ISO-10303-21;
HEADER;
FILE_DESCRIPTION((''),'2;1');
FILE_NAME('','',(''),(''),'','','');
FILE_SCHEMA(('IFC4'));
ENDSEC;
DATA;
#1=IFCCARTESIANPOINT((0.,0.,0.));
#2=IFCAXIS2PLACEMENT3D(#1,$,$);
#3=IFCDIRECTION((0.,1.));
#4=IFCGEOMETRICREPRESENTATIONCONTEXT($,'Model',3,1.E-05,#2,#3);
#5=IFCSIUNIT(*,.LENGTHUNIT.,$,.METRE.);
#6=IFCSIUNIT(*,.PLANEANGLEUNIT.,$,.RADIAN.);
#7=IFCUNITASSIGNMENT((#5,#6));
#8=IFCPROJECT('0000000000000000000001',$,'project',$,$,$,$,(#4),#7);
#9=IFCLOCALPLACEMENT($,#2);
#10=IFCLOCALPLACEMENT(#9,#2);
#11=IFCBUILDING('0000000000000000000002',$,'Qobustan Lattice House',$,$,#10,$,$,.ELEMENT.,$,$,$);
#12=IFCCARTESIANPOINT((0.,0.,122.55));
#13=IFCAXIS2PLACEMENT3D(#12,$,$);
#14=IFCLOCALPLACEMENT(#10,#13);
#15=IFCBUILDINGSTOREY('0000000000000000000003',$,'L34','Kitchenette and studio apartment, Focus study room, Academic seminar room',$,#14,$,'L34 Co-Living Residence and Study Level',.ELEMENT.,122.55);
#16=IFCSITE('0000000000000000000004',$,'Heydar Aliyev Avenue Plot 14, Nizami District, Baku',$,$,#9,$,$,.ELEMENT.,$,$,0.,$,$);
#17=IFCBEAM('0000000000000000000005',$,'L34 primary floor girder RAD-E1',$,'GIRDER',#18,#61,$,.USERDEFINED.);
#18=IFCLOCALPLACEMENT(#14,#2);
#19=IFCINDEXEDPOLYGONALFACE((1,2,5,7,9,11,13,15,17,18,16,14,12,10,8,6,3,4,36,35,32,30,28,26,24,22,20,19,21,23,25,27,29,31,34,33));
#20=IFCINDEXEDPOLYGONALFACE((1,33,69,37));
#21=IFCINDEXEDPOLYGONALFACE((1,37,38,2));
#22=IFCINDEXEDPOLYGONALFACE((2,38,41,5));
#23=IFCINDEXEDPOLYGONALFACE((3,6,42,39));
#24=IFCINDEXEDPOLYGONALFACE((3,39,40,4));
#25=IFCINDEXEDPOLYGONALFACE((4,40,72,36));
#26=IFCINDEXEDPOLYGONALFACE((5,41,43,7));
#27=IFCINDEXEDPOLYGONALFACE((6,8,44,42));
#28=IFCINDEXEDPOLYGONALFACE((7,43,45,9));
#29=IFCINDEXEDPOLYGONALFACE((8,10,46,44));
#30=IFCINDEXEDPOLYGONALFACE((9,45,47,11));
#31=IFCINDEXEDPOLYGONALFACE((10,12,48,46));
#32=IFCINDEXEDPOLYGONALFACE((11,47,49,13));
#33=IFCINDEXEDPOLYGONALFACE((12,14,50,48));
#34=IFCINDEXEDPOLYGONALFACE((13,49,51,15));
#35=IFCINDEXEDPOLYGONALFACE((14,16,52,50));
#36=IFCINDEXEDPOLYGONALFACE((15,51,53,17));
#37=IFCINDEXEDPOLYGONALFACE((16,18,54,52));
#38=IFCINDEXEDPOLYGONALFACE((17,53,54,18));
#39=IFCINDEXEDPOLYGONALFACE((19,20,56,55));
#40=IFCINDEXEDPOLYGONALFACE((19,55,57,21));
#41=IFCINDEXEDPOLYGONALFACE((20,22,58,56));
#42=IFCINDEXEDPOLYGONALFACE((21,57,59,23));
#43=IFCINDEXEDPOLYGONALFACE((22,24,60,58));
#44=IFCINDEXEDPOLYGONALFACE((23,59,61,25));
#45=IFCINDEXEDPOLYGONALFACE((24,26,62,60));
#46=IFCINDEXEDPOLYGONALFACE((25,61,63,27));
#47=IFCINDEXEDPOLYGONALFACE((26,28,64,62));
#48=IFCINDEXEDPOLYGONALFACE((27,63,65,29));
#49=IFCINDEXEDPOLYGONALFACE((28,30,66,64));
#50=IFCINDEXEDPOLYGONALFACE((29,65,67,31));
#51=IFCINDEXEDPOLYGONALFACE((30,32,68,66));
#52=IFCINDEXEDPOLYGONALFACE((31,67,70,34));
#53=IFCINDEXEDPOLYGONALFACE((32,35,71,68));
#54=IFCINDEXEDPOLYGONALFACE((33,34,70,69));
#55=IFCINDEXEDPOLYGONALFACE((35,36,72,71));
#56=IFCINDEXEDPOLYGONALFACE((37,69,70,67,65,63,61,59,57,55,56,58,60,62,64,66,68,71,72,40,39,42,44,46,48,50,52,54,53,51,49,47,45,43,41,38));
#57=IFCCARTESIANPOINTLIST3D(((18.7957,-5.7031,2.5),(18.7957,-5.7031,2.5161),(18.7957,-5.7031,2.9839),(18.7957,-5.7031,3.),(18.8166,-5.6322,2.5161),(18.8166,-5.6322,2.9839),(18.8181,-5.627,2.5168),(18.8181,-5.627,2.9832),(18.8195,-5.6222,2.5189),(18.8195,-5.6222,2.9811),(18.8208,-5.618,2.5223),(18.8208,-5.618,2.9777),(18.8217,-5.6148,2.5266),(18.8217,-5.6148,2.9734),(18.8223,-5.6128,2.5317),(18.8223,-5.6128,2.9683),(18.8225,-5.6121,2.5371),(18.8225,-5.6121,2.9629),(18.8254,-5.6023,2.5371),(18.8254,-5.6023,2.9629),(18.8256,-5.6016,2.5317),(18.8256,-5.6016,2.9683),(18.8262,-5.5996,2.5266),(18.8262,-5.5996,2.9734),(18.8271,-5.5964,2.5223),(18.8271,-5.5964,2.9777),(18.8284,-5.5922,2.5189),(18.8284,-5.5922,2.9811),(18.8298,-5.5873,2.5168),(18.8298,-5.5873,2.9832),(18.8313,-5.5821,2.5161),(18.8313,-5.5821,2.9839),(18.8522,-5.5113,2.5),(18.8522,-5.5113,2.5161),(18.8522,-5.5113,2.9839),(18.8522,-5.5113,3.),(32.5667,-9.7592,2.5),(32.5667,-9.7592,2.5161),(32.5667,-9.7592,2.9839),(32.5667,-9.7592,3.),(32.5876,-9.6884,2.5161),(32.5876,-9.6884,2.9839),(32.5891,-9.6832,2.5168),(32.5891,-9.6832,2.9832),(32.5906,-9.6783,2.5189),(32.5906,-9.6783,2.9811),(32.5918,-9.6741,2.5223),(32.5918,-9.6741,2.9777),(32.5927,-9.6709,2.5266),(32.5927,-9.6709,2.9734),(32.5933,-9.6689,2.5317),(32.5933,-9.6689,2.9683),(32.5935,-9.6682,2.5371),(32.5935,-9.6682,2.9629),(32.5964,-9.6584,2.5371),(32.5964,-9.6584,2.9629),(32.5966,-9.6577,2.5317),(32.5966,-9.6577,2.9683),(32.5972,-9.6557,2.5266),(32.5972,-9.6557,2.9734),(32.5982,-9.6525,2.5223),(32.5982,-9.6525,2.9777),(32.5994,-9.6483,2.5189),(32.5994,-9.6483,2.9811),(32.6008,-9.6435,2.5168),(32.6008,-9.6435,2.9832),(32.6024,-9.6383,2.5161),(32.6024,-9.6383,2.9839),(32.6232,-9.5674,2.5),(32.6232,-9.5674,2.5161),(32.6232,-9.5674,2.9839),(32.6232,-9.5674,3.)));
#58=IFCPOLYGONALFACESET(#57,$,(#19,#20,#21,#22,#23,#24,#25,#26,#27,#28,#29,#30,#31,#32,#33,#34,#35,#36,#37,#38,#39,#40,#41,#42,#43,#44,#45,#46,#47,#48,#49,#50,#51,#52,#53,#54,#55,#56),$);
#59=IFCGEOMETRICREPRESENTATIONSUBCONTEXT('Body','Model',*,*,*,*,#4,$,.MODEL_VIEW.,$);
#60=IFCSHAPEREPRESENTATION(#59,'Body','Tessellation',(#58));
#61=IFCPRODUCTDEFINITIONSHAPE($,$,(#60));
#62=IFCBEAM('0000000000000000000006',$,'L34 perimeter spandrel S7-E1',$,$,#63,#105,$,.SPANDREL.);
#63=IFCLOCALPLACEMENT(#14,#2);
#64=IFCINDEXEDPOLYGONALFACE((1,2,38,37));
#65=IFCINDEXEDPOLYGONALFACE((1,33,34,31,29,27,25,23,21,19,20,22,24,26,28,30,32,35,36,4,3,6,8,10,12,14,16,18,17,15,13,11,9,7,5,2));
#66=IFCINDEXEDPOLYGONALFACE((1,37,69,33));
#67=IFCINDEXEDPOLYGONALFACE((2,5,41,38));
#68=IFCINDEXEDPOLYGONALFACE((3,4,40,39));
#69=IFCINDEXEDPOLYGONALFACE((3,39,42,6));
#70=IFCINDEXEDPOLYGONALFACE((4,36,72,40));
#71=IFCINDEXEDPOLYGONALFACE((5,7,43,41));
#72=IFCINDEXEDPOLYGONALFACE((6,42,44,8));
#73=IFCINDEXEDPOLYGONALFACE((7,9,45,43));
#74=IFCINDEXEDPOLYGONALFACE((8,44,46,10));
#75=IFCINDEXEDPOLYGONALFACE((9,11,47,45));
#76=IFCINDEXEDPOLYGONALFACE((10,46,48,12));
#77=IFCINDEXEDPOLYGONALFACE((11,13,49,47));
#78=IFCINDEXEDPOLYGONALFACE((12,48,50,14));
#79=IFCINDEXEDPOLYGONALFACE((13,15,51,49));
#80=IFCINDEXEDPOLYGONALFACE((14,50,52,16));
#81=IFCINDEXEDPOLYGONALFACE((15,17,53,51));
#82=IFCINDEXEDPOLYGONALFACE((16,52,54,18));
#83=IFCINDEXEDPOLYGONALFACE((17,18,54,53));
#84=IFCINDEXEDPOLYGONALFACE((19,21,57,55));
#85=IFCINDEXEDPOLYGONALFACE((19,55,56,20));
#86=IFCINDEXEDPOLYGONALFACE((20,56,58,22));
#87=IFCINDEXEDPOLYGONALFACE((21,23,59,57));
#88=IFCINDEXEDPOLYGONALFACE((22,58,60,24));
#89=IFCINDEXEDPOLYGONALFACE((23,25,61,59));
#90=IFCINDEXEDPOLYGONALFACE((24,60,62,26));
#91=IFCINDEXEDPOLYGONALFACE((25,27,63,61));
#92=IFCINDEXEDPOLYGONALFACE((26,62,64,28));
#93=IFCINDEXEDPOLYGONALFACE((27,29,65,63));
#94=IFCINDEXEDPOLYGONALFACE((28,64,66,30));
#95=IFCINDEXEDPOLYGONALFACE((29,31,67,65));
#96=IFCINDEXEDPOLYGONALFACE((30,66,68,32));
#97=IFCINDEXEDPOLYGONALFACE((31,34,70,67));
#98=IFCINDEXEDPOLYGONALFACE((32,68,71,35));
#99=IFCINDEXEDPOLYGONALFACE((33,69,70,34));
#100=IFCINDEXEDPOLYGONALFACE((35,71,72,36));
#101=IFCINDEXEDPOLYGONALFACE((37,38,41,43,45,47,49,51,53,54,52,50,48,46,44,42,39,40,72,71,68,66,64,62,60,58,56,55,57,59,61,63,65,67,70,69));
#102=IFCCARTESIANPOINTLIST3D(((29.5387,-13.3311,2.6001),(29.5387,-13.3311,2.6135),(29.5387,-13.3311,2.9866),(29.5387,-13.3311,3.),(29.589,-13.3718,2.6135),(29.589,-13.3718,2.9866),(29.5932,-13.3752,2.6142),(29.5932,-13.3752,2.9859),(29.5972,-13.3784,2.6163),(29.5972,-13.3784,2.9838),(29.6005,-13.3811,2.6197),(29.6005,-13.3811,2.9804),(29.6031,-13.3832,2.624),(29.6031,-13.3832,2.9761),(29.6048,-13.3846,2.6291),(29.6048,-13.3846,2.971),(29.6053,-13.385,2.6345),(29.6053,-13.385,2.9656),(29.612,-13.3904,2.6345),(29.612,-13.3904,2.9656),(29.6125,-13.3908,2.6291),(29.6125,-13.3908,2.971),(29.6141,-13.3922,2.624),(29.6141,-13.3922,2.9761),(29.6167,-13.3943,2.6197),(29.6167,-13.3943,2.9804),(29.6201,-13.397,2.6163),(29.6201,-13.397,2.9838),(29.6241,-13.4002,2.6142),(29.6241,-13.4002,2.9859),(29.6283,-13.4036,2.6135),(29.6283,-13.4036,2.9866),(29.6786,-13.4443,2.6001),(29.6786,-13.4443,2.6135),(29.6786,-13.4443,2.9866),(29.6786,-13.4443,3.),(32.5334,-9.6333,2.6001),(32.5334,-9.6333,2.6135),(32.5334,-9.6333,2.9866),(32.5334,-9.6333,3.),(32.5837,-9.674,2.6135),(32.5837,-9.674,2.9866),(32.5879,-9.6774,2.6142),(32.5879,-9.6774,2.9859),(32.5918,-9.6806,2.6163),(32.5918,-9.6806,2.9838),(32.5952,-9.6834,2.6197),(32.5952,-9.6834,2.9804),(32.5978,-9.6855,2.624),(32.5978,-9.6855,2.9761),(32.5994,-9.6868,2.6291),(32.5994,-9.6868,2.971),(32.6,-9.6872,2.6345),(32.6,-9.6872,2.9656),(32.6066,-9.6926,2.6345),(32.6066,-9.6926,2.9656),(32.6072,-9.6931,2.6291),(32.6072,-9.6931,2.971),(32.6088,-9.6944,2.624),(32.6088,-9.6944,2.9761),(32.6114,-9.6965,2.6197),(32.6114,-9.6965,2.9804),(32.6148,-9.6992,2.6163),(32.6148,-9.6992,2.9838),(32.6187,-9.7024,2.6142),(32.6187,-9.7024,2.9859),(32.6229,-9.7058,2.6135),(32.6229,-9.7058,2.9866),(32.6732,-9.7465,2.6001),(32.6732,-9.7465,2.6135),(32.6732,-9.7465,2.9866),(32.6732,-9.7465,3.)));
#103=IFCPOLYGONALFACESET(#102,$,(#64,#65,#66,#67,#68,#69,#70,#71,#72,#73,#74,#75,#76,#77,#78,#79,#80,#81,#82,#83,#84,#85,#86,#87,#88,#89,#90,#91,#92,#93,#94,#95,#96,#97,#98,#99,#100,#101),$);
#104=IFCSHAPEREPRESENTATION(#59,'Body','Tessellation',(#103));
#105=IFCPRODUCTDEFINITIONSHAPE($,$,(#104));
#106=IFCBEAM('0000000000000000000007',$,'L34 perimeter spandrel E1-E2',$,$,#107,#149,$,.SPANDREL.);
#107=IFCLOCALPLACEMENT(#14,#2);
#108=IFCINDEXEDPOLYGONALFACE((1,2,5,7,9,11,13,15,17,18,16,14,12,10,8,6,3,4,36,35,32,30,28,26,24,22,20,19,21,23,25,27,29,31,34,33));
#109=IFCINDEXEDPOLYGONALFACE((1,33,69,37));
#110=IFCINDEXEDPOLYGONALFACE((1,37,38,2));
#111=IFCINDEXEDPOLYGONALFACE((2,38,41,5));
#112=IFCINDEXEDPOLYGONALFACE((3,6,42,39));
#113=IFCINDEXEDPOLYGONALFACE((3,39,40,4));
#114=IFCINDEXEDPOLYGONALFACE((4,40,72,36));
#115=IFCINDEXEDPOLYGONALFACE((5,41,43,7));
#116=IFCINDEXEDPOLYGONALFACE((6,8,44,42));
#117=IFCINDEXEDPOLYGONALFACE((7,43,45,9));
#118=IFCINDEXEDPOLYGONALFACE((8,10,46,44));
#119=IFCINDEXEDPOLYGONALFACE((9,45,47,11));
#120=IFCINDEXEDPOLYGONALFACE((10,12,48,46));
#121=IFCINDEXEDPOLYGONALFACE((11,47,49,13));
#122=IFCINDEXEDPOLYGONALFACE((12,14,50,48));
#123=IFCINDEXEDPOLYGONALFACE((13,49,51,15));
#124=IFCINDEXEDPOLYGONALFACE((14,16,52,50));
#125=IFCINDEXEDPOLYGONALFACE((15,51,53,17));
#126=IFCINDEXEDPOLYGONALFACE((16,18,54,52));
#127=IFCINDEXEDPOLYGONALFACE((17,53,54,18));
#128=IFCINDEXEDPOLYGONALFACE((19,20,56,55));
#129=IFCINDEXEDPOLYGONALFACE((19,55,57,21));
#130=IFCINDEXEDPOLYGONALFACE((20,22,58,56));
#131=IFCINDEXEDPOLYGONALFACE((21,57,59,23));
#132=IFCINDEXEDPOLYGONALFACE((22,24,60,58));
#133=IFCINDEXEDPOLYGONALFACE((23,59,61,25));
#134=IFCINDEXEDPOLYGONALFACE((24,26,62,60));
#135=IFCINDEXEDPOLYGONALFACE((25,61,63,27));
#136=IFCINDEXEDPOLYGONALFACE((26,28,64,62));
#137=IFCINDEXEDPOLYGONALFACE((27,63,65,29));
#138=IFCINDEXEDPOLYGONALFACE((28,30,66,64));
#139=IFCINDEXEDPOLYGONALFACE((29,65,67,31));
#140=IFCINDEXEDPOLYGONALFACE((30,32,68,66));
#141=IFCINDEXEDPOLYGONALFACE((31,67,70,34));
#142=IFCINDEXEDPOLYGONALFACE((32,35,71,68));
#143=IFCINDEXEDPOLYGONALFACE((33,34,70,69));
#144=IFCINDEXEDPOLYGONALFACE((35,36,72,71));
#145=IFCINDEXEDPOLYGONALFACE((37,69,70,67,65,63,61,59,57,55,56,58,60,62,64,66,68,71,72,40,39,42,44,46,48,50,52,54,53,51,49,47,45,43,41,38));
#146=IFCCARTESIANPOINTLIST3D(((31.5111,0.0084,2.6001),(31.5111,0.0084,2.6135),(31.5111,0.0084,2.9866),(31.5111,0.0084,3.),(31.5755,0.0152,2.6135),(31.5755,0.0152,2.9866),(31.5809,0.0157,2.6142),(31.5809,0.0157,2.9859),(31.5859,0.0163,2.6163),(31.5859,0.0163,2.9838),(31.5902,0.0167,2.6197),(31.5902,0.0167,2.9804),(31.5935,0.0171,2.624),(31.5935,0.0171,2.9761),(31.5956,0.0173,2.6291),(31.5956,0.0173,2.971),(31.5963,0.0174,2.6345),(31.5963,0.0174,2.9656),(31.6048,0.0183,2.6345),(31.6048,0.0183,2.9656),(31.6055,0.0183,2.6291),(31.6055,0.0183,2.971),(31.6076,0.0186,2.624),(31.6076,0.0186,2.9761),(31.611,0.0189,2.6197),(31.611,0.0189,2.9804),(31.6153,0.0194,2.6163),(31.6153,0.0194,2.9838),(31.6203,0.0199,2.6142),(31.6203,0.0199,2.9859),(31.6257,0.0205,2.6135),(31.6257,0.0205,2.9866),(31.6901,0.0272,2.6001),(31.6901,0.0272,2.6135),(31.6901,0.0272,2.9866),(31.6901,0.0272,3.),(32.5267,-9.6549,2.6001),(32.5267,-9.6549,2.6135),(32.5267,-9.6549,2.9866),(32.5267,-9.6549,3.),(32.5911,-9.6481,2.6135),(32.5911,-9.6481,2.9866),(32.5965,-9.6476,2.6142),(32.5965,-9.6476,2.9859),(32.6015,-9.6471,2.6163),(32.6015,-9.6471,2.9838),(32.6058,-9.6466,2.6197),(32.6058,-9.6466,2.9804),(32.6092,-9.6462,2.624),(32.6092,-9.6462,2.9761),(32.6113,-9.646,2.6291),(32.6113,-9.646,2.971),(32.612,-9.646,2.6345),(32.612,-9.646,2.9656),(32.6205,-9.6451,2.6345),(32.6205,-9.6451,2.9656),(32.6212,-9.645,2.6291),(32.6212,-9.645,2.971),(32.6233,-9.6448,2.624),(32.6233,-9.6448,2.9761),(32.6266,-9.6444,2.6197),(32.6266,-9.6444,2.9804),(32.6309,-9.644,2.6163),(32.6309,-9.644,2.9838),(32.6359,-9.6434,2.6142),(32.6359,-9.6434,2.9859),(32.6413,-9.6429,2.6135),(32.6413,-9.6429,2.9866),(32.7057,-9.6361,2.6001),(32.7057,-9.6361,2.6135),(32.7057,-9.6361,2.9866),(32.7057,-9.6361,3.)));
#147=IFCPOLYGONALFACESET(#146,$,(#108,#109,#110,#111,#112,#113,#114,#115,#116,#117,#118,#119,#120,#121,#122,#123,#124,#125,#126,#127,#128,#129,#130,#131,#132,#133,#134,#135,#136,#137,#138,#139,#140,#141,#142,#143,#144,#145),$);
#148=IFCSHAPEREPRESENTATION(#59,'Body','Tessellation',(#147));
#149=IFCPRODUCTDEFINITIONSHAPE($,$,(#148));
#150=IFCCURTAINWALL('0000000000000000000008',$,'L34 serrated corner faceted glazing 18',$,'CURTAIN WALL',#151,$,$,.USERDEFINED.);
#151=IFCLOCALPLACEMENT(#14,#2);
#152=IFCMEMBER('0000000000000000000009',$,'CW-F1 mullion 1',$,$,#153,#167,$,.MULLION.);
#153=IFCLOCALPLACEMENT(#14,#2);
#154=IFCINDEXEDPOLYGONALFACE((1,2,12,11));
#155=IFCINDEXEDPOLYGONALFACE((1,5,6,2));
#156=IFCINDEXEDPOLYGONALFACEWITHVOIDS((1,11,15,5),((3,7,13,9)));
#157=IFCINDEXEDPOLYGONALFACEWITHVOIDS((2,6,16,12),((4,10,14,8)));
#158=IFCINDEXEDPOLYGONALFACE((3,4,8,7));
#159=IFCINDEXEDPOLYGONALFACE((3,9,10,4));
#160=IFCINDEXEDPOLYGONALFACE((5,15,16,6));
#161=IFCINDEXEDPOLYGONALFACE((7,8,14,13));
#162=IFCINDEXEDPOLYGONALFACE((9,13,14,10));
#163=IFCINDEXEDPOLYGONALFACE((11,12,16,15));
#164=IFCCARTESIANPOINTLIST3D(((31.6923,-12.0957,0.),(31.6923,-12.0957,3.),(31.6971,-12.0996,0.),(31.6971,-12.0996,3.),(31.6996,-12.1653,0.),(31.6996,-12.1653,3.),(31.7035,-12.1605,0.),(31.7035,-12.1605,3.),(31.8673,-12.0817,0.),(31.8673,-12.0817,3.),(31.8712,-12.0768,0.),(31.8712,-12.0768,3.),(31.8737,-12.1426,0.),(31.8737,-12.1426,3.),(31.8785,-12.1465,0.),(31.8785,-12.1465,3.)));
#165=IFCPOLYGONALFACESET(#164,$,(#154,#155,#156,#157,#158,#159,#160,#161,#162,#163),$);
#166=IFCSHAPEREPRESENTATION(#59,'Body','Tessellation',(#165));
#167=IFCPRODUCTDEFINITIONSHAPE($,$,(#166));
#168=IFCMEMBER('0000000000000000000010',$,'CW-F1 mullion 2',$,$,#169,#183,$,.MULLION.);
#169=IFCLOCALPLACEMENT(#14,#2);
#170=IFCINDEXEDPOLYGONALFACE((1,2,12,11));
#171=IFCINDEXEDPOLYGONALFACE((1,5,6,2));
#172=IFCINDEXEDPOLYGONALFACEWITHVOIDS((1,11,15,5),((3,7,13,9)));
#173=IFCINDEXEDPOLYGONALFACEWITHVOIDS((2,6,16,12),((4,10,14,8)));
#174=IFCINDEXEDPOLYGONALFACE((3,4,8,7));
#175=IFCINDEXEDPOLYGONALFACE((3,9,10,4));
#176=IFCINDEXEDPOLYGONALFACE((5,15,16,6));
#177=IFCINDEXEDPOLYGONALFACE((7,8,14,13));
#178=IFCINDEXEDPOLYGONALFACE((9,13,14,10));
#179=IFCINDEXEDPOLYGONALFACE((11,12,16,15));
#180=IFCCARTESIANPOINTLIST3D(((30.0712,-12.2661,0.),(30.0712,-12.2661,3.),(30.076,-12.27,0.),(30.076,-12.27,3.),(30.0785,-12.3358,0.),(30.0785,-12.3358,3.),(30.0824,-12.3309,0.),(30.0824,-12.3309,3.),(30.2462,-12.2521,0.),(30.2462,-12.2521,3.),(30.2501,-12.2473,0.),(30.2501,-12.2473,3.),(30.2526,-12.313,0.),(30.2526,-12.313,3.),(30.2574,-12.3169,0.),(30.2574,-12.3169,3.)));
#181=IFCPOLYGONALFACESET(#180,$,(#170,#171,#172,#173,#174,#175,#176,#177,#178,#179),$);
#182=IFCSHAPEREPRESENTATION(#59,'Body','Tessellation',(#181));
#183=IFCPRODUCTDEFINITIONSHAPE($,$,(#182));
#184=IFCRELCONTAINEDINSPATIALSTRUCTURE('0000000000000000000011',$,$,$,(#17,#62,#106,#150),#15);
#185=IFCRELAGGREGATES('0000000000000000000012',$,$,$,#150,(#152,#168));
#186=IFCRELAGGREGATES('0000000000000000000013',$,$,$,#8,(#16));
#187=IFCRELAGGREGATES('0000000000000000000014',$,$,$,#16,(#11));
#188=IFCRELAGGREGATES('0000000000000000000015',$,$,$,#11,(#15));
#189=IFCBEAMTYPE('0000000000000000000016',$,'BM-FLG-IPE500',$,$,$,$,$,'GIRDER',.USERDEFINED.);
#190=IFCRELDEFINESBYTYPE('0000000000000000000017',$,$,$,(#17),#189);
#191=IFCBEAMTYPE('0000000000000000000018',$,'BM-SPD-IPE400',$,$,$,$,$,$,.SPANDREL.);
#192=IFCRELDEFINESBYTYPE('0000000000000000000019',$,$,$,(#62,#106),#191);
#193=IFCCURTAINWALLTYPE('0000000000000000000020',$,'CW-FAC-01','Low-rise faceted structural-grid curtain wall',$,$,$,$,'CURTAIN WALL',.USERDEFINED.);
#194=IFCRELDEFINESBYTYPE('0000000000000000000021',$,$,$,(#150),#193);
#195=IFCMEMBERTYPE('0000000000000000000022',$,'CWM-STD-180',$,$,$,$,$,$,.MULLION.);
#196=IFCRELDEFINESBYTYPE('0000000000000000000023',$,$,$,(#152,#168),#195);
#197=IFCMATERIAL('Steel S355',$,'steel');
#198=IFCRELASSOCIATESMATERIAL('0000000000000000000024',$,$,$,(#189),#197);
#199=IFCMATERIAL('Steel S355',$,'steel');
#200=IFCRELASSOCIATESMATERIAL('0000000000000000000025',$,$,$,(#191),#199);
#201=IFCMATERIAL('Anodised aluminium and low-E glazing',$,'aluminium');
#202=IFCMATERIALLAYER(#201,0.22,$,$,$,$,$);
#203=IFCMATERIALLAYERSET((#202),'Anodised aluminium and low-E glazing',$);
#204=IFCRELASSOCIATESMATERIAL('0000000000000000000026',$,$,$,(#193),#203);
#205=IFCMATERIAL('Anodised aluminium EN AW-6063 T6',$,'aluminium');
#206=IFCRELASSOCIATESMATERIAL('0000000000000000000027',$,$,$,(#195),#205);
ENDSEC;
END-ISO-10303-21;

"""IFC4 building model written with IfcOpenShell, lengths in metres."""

from ifc_helpers import new_model, si_unit, direction, frame, origin, origin_2d, place, context, subcontext, project, spatial, hollow_rectangle, i_section, extrude, material, layer, layer_set, material_profile, profile_set, type_object, element, aggregate, save


model = new_model("IFC4")

# Units and contexts
model_context = context("Model", 3, precision=1e-05, world=origin(), true_north=direction((0.0, 1.0)))
body_context = subcontext(model_context, "Body", "Model", "MODEL_VIEW")
ifc_project = project(units=[si_unit("LENGTHUNIT", "METRE"), si_unit("PLANEANGLEUNIT", "RADIAN")], contexts=[model_context])

# Site, building, storey
site_placement = place(None, origin())
site = spatial("IfcSite", under=ifc_project, at=site_placement, Name="Heydar Aliyev Avenue Plot 14, Nizami District, Baku", CompositionType="ELEMENT", RefElevation=0.0)
building_placement = place(site_placement, origin())
building = spatial("IfcBuilding", under=site, at=building_placement, Name="Qobustan Lattice House", CompositionType="ELEMENT")
storey_placement = place(building_placement, frame((0.0, 0.0, 122.55)))
storey = spatial("IfcBuildingStorey", under=building, at=storey_placement, Name="L34", Description="Kitchenette and studio apartment, Focus study room, Academic seminar room", LongName="L34 Co-Living Residence and Study Level", CompositionType="ELEMENT", Elevation=122.55)

# Beams
ifc_material_1 = material(Name="Steel S355", Category="steel")
ifc_material_profile_1 = material_profile(ifc_material_1, i_section(OverallWidth=0.2, OverallDepth=0.5, WebThickness=0.0103, FlangeThickness=0.0161, FilletRadius=0.021, at=origin_2d()), Name="IPE500")
ifc_profile_set_1 = profile_set([ifc_material_profile_1], Name="Steel S355")
beam_type_1 = type_object("IfcBeamType", Name="BM-FLG-IPE500", ElementType="GIRDER", PredefinedType="USERDEFINED", material=ifc_profile_set_1)
beam_1_placement = place(storey_placement, frame((32.595, -9.6633, 2.75), z_axis=(-0.959255, 0.282542, 0.0), x_axis=(-0.282542, -0.959255, 0.0)))
element("IfcBeam", 1, at=beam_1_placement, inside=storey, type_object=beam_type_1, Name="L34 primary floor girder RAD-E1", ObjectType="GIRDER", PredefinedType="USERDEFINED", context=body_context, shape_type="SweptSolid", body=[
    extrude(i_section(OverallWidth=0.2, OverallDepth=0.5, WebThickness=0.0103, FlangeThickness=0.0161, FilletRadius=0.021, at=origin_2d()), origin(), (0.0, 0.0, 1.0), 14.356),
])
ifc_material_2 = material(Name="Steel S355", Category="steel")
ifc_material_profile_2 = material_profile(ifc_material_2, i_section(OverallWidth=0.1799, OverallDepth=0.3999, WebThickness=0.0085, FlangeThickness=0.0134, FilletRadius=0.021, at=origin_2d()), Name="IPE400")
ifc_profile_set_2 = profile_set([ifc_material_profile_2], Name="Steel S355")
beam_type_2 = type_object("IfcBeamType", Name="BM-SPD-IPE400", PredefinedType="SPANDREL", material=ifc_profile_set_2)
beam_2_placement = place(storey_placement, frame((29.6086, -13.3877, 2.8), z_axis=(0.629352, 0.777121, 0.0), x_axis=(-0.777121, 0.629352, 0.0)))
element("IfcBeam", 2, at=beam_2_placement, inside=storey, type_object=beam_type_2, Name="L34 perimeter spandrel S7-E1", PredefinedType="SPANDREL", context=body_context, shape_type="SweptSolid", body=[
    extrude(i_section(OverallWidth=0.1799, OverallDepth=0.3999, WebThickness=0.0085, FlangeThickness=0.0134, FilletRadius=0.021, at=origin_2d()), origin(), (0.0, 0.0, 1.0), 4.7583),
])
beam_3_placement = place(storey_placement, frame((32.6162, -9.6455, 2.8), z_axis=(-0.104525, 0.994522, 0.0), x_axis=(-0.994522, -0.104525, 0.0)))
element("IfcBeam", 3, at=beam_3_placement, inside=storey, type_object=beam_type_2, Name="L34 perimeter spandrel E1-E2", PredefinedType="SPANDREL", context=body_context, shape_type="SweptSolid", body=[
    extrude(i_section(OverallWidth=0.1799, OverallDepth=0.3999, WebThickness=0.0085, FlangeThickness=0.0134, FilletRadius=0.021, at=origin_2d()), origin(), (0.0, 0.0, 1.0), 9.7166),
])

# Curtain wall, members
ifc_material_3 = material(Name="Anodised aluminium and low-E glazing", Category="aluminium")
ifc_layer_1 = layer(ifc_material_3, 0.22)
ifc_layer_set_1 = layer_set([ifc_layer_1], Name="Anodised aluminium and low-E glazing")
curtain_wall_type = type_object("IfcCurtainWallType", Name="CW-FAC-01", Description="Low-rise faceted structural-grid curtain wall", ElementType="CURTAIN WALL", PredefinedType="USERDEFINED", material=ifc_layer_set_1)
curtain_wall_placement = place(storey_placement, origin())
curtain_wall = element("IfcCurtainWall", 4, at=curtain_wall_placement, inside=storey, type_object=curtain_wall_type, Name="L34 serrated corner faceted glazing 18", ObjectType="CURTAIN WALL", PredefinedType="USERDEFINED")
ifc_material_4 = material(Name="Anodised aluminium EN AW-6063 T6", Category="aluminium")
ifc_material_profile_3 = material_profile(ifc_material_4, hollow_rectangle(XDim=0.0701, YDim=0.1799, WallThickness=0.0044, at=origin_2d()), Name="CWM-180x70")
ifc_profile_set_3 = profile_set([ifc_material_profile_3], Name="Anodised aluminium EN AW-6063 T6")
member_type_1 = type_object("IfcMemberType", Name="CWM-STD-180", PredefinedType="MULLION", material=ifc_profile_set_3)
member_1_placement = place(storey_placement, frame((31.7854, -12.1211, 0.0), z_axis=(0.0, 0.0, 1.0), x_axis=(0.104529, -0.994522, 0.0)))
member_1 = element("IfcMember", 5, at=member_1_placement, type_object=member_type_1, Name="CW-F1 mullion 1", PredefinedType="MULLION", context=body_context, shape_type="SweptSolid", body=[
    extrude(hollow_rectangle(XDim=0.0701, YDim=0.1799, WallThickness=0.0044, at=origin_2d()), origin(), (0.0, 0.0, 1.0), 3.0),
])
member_2_placement = place(storey_placement, frame((30.1643, -12.2915, 0.0), z_axis=(0.0, 0.0, 1.0), x_axis=(0.104529, -0.994522, 0.0)))
member_2 = element("IfcMember", 6, at=member_2_placement, type_object=member_type_1, Name="CW-F1 mullion 2", PredefinedType="MULLION", context=body_context, shape_type="SweptSolid", body=[
    extrude(hollow_rectangle(XDim=0.0701, YDim=0.1799, WallThickness=0.0044, at=origin_2d()), origin(), (0.0, 0.0, 1.0), 3.0),
])
aggregate(curtain_wall, [member_1, member_2])

save(model, "model.ifc")
